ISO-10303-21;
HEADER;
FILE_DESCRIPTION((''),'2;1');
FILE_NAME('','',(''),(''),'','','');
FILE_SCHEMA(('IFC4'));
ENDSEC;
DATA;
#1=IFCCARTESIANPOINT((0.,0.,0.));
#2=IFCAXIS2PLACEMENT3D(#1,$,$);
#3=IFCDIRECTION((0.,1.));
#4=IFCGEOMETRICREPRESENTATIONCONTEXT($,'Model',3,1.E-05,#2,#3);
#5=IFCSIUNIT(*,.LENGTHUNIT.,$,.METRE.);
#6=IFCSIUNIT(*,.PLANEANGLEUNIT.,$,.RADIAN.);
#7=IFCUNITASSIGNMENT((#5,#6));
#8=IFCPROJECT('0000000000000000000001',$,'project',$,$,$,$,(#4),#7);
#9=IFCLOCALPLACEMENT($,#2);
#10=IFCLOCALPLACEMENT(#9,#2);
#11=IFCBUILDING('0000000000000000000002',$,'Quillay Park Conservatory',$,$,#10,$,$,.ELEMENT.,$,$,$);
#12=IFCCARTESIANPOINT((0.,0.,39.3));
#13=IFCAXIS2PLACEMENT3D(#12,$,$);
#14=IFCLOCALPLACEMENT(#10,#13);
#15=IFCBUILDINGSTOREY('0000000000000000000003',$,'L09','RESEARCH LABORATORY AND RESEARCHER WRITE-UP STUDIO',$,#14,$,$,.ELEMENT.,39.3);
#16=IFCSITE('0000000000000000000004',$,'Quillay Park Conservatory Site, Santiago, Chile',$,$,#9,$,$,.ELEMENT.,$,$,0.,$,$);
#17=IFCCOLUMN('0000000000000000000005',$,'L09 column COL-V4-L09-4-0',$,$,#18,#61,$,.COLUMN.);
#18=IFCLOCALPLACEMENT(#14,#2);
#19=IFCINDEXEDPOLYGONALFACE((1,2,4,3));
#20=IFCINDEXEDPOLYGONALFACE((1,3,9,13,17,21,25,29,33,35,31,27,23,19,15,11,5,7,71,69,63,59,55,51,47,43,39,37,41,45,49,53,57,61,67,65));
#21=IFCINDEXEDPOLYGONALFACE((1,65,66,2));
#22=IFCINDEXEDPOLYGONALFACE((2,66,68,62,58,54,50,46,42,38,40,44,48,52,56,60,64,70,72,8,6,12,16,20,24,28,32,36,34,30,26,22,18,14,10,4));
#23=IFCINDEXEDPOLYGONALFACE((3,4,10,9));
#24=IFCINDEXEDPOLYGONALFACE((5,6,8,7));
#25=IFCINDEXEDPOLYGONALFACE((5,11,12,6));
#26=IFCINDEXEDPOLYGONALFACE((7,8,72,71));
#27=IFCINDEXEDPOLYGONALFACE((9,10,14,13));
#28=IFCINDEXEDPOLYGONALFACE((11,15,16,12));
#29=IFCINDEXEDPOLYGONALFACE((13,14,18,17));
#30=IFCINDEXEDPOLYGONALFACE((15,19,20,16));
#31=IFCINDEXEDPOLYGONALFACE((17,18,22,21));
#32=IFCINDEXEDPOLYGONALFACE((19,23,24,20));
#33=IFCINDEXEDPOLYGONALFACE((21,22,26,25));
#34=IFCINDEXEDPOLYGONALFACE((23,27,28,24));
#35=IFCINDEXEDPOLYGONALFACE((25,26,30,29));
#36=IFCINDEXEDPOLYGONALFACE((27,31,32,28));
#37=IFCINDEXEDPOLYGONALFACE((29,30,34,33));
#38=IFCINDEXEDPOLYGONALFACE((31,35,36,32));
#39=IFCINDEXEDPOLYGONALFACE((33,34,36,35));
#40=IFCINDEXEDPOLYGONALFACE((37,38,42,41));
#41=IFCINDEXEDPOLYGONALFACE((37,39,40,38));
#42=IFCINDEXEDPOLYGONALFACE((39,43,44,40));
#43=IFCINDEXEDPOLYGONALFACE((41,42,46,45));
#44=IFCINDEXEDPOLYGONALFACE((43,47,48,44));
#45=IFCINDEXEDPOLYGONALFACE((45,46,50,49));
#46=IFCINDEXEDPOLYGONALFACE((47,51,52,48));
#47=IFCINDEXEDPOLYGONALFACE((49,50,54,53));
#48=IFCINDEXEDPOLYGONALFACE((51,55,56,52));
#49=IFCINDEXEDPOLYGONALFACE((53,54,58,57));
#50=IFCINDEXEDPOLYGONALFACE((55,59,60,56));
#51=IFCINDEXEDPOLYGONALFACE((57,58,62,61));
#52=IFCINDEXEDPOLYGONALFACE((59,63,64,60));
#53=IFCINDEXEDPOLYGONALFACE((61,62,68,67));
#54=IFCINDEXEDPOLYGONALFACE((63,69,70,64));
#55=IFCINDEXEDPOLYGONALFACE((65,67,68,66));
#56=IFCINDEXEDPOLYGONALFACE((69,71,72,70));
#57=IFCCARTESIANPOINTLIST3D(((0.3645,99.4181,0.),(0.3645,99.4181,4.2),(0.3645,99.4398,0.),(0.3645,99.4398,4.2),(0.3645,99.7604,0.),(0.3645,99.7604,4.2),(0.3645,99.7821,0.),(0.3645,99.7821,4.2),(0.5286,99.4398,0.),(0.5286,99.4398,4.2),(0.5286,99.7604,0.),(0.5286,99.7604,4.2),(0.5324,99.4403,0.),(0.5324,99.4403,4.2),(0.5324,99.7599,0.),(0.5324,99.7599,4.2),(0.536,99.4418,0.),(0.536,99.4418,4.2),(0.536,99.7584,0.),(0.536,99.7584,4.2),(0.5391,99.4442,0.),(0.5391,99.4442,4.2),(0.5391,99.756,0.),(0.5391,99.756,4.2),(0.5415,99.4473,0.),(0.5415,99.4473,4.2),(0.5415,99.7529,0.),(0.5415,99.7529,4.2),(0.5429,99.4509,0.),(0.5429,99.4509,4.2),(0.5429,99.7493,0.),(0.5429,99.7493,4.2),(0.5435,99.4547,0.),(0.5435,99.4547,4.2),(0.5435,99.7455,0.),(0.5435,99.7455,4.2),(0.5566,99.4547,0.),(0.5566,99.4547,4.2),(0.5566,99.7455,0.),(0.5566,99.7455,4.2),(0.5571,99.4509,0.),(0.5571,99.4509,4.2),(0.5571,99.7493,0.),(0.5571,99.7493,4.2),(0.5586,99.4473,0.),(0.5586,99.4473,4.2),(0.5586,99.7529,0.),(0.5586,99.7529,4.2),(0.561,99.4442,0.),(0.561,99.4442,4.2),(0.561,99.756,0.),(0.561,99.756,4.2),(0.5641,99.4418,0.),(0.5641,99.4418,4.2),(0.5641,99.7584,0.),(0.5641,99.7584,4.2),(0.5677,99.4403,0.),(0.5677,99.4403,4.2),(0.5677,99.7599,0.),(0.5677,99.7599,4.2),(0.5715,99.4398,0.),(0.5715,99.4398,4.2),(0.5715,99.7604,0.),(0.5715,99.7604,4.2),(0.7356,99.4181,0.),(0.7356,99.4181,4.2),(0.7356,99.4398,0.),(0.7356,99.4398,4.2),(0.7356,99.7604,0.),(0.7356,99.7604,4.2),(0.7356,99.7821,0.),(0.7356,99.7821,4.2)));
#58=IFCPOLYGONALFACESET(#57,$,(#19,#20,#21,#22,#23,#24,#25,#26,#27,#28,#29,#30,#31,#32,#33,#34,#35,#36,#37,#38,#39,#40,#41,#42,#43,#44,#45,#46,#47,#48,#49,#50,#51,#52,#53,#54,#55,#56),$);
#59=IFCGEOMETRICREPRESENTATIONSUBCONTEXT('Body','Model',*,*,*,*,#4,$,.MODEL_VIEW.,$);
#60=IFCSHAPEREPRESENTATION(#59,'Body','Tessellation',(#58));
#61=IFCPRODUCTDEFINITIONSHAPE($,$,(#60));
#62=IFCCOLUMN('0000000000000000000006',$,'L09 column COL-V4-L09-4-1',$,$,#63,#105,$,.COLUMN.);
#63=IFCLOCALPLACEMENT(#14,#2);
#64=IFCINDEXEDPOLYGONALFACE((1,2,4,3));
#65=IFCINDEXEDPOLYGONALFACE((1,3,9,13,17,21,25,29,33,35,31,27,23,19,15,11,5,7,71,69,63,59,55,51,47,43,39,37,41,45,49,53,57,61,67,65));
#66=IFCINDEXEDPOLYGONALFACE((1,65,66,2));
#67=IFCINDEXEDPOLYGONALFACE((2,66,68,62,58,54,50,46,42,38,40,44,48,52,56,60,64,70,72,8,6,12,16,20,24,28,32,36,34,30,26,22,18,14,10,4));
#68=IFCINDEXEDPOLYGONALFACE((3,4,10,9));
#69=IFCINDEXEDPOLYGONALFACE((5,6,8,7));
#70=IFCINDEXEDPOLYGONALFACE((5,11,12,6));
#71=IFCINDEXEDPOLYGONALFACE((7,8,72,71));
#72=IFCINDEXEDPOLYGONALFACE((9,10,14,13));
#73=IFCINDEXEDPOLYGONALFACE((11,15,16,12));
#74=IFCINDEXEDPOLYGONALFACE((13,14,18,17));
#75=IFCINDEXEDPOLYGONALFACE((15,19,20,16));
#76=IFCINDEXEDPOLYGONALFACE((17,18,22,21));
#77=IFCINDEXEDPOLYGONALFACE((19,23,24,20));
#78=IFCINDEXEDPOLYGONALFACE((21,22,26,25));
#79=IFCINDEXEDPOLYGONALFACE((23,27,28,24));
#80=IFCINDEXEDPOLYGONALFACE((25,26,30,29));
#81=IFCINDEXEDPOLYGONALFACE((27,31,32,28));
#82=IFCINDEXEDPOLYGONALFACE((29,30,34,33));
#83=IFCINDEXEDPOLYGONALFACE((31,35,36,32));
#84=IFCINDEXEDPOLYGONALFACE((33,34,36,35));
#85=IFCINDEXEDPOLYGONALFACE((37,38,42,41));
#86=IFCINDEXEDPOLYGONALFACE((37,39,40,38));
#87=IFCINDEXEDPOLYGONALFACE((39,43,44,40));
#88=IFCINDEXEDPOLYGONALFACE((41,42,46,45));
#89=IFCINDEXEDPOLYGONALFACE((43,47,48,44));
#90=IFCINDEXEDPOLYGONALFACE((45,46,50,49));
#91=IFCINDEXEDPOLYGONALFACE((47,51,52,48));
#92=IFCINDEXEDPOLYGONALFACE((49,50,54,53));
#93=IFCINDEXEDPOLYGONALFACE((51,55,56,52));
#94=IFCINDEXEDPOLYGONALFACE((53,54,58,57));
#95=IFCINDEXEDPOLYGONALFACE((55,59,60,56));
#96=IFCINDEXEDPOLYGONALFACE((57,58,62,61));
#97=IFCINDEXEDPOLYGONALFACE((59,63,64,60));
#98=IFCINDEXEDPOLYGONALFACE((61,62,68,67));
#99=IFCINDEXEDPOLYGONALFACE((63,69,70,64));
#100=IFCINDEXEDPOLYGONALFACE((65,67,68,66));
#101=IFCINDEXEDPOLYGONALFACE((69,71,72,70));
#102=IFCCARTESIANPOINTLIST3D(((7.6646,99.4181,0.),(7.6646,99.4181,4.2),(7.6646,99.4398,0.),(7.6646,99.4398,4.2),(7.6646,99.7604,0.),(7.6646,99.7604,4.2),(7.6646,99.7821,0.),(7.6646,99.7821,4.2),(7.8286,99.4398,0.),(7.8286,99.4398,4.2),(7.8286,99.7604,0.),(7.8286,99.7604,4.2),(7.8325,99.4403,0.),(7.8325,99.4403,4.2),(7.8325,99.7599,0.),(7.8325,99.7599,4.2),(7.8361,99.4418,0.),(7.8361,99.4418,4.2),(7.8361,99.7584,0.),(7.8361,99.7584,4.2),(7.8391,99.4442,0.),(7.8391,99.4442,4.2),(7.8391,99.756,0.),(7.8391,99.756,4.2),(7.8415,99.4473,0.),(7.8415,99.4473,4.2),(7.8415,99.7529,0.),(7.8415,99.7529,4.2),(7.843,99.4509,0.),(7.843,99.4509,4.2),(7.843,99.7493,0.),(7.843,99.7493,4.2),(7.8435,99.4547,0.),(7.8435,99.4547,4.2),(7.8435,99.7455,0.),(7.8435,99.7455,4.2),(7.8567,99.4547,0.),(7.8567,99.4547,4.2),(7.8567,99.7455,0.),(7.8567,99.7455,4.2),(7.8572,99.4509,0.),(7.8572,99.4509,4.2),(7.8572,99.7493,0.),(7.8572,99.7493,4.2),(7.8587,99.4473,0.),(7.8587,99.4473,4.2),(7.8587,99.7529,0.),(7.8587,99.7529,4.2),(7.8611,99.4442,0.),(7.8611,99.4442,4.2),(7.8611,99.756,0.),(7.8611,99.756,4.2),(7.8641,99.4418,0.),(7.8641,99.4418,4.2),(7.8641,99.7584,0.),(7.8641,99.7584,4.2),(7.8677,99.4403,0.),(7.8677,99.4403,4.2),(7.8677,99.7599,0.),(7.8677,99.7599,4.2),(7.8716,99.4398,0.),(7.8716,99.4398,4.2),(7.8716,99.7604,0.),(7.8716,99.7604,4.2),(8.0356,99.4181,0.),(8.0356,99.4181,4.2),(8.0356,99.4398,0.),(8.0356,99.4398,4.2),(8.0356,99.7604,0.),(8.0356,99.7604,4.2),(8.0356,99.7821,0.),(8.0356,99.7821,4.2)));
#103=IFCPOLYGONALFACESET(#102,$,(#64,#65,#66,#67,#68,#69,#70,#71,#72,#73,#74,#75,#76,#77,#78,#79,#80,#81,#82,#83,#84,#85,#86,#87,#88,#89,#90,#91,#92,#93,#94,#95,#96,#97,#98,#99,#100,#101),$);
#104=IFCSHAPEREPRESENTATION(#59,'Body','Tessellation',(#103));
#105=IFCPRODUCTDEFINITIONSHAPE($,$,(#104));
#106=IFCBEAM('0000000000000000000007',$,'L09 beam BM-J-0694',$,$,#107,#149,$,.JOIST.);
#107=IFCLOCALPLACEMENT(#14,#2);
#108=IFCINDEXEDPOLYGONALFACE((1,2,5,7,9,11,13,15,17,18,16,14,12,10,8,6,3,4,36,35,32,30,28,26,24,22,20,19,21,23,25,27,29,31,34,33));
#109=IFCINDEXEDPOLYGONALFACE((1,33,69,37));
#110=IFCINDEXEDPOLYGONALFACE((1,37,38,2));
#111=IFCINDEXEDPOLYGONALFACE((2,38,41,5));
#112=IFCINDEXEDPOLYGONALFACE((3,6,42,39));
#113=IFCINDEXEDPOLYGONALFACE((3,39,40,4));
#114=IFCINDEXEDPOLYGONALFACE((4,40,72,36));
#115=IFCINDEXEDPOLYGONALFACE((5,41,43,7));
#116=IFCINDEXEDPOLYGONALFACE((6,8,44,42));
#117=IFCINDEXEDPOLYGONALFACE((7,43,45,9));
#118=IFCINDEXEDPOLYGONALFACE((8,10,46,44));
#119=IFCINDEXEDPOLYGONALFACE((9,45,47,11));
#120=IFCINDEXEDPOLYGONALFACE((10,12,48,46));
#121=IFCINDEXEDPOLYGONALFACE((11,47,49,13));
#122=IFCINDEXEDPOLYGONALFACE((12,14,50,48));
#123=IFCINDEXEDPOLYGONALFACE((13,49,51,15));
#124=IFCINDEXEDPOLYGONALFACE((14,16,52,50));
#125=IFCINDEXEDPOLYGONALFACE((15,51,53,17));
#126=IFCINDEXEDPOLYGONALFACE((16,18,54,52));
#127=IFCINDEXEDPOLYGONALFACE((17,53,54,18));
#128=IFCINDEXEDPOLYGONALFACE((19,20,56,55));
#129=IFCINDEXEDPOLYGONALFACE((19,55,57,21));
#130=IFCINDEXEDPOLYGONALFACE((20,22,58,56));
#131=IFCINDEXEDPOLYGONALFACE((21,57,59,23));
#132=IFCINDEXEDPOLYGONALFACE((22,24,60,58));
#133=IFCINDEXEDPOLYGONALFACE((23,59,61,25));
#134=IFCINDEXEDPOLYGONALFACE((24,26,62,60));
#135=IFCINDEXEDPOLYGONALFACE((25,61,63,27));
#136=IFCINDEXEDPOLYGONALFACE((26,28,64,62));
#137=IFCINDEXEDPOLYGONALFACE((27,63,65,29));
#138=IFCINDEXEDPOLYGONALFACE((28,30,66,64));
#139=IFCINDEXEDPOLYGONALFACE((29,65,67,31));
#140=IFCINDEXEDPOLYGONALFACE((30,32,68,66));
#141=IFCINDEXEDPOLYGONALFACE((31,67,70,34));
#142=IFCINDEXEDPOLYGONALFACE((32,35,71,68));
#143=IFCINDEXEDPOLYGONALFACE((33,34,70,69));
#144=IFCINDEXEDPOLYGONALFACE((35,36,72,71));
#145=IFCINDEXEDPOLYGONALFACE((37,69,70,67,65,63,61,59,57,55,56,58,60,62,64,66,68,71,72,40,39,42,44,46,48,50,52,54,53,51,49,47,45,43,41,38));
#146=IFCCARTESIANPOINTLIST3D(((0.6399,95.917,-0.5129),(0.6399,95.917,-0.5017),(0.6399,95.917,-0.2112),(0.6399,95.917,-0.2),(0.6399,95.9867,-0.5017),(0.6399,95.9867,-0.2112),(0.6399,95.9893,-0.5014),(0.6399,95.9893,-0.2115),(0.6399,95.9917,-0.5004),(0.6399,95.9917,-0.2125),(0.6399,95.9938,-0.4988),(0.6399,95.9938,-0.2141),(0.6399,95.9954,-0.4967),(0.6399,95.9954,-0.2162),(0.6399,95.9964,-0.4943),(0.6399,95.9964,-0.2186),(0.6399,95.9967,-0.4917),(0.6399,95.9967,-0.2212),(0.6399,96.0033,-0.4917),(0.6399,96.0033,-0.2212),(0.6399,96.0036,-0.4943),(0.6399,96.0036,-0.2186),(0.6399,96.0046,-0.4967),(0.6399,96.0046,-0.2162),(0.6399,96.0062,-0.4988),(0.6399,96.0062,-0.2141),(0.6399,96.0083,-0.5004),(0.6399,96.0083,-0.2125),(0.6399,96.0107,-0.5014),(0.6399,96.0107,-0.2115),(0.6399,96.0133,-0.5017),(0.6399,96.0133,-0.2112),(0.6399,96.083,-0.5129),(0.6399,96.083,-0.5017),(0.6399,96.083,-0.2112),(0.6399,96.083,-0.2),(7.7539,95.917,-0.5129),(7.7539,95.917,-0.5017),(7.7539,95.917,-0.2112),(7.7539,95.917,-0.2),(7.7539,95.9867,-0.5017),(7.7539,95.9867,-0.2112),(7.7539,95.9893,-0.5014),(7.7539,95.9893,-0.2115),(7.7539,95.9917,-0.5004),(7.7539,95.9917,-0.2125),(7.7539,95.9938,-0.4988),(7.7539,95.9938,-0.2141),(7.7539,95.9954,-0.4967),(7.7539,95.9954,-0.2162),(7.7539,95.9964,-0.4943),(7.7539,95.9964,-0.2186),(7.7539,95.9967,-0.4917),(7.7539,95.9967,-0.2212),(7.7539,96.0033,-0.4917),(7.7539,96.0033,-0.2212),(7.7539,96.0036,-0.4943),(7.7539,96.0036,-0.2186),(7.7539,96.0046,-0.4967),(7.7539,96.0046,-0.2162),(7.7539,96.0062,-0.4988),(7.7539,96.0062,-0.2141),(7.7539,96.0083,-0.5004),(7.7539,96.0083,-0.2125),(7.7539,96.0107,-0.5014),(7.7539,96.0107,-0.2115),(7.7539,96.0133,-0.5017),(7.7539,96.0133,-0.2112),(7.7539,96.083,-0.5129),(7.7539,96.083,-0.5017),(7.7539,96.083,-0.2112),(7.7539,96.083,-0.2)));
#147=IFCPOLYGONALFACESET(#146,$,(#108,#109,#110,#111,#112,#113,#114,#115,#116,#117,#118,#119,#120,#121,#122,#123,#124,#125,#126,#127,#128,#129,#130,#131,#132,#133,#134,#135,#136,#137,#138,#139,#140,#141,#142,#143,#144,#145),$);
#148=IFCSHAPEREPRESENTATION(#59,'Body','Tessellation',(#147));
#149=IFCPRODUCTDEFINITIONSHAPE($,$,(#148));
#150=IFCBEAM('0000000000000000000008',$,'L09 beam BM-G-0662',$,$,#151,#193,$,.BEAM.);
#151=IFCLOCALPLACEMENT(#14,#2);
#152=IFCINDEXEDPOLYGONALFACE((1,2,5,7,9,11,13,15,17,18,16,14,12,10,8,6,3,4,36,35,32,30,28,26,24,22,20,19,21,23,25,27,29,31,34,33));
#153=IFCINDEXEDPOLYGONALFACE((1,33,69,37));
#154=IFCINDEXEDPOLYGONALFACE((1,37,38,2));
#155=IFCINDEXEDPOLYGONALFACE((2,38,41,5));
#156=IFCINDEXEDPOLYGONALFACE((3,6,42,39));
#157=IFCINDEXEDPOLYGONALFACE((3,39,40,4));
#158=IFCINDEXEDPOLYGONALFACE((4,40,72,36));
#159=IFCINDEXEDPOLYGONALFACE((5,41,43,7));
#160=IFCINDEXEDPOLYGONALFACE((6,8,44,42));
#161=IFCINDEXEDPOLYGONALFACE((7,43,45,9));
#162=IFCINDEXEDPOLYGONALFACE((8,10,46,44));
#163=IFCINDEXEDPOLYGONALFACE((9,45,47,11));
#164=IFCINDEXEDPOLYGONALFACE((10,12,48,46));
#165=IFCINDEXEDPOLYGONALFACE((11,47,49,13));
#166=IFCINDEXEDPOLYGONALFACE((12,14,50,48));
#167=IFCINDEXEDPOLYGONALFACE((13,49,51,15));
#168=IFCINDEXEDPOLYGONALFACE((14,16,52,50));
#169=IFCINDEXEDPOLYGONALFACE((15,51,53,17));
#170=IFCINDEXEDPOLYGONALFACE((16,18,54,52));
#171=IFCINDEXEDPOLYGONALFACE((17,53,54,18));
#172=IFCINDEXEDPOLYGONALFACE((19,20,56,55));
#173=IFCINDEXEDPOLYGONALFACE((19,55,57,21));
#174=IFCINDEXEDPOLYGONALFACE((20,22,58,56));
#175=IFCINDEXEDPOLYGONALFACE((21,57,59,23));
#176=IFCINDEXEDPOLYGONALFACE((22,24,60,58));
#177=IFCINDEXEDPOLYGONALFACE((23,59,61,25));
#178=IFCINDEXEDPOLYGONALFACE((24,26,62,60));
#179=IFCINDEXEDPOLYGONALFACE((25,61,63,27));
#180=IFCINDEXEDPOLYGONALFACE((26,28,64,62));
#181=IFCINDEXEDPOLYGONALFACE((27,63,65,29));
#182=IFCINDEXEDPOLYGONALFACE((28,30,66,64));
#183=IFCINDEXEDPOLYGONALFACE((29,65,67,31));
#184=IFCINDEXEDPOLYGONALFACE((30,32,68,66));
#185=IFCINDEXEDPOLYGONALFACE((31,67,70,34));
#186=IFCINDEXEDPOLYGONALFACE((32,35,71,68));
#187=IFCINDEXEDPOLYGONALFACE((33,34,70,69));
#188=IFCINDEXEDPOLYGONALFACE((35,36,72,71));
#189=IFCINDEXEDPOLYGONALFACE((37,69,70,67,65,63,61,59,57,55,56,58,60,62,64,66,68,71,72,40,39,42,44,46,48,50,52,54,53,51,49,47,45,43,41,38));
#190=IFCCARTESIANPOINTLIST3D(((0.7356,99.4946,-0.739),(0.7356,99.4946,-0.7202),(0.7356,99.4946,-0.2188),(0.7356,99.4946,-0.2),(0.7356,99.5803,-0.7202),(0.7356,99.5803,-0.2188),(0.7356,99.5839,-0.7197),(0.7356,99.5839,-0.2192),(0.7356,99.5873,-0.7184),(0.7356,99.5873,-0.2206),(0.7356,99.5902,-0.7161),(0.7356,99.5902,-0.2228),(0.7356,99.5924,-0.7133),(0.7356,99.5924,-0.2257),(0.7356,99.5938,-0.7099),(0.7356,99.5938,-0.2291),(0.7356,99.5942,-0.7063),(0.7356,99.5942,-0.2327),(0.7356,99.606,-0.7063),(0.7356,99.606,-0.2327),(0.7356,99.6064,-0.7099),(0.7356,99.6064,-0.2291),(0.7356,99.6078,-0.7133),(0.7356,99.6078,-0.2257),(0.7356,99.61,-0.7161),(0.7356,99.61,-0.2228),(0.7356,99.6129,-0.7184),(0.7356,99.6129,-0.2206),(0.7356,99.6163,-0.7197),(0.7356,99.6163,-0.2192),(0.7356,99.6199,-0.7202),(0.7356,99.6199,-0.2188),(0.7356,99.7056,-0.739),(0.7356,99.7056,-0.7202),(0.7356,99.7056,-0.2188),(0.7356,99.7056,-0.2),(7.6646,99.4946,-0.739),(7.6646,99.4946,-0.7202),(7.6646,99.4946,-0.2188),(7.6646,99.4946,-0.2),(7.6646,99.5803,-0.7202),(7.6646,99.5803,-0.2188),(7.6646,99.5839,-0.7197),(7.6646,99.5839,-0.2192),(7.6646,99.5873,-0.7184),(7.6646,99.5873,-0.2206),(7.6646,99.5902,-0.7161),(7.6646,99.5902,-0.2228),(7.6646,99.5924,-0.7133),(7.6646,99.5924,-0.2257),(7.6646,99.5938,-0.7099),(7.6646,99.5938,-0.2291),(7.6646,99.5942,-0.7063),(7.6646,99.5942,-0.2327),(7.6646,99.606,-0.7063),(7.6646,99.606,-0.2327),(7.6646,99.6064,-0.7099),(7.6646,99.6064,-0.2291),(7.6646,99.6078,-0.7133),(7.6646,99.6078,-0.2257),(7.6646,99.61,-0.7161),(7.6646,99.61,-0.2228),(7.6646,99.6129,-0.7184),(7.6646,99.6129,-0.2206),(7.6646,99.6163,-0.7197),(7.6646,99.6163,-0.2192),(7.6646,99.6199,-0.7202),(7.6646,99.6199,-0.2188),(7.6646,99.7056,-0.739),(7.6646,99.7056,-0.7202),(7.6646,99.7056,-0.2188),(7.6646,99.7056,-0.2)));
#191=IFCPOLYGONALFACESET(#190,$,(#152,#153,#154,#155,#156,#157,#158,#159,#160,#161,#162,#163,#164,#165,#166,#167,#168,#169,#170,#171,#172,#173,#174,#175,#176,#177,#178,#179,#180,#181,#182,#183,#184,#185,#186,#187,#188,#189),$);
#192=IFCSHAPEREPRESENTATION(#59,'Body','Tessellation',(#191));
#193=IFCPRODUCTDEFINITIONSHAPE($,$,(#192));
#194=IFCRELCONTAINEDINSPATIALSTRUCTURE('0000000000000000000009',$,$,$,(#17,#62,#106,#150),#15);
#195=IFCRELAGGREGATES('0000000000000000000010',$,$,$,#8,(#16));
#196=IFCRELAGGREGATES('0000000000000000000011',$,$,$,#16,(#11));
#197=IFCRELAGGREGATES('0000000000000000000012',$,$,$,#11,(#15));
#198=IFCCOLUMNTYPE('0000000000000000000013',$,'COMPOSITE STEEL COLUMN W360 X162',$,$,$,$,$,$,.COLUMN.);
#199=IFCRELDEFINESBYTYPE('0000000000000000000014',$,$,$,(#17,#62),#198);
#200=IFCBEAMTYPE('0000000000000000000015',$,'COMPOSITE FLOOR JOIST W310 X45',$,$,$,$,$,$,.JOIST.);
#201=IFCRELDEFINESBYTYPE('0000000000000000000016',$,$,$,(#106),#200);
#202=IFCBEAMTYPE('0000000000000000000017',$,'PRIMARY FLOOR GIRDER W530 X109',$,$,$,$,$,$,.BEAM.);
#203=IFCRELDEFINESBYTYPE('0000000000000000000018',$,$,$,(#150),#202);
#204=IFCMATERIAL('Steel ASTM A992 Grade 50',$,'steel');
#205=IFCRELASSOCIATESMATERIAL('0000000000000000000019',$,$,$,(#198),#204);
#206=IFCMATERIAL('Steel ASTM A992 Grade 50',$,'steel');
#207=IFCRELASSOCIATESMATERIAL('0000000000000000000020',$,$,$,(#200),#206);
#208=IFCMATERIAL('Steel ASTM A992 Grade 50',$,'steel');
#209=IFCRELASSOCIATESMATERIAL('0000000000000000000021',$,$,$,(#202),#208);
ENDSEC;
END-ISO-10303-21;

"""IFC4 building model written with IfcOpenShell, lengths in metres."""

from ifc_helpers import new_model, si_unit, direction, frame, origin, origin_2d, place, context, subcontext, project, spatial, i_section, extrude, material, material_profile, profile_set, type_object, element, save


model = new_model("IFC4")

# Units and contexts
model_context = context("Model", 3, precision=1e-05, world=origin(), true_north=direction((0.0, 1.0)))
body_context = subcontext(model_context, "Body", "Model", "MODEL_VIEW")
ifc_project = project(units=[si_unit("LENGTHUNIT", "METRE"), si_unit("PLANEANGLEUNIT", "RADIAN")], contexts=[model_context])

# Site, building, storey
site_placement = place(None, origin())
site = spatial("IfcSite", under=ifc_project, at=site_placement, Name="Quillay Park Conservatory Site, Santiago, Chile", CompositionType="ELEMENT", RefElevation=0.0)
building_placement = place(site_placement, origin())
building = spatial("IfcBuilding", under=site, at=building_placement, Name="Quillay Park Conservatory", CompositionType="ELEMENT")
storey_placement = place(building_placement, frame((0.0, 0.0, 39.3)))
storey = spatial("IfcBuildingStorey", under=building, at=storey_placement, Name="L09", Description="RESEARCH LABORATORY AND RESEARCHER WRITE-UP STUDIO", CompositionType="ELEMENT", Elevation=39.3)

# Columns
ifc_material_1 = material(Name="Steel ASTM A992 Grade 50", Category="steel")
ifc_material_profile_1 = material_profile(ifc_material_1, i_section(OverallWidth=0.3711, OverallDepth=0.364, WebThickness=0.0132, FlangeThickness=0.0217, FilletRadius=0.0149, at=origin_2d()), Name="W360x162")
ifc_profile_set_1 = profile_set([ifc_material_profile_1], Name="Steel ASTM A992 Grade 50")
column_type = type_object("IfcColumnType", Name="COMPOSITE STEEL COLUMN W360 X162", PredefinedType="COLUMN", material=ifc_profile_set_1)
for number, where, z_axis, x_axis, name in (
    (1, (0.55, 99.6001, 0.0), (0.0, 0.0, 1.0), (1.0, 0.0, 0.0), "L09 column COL-V4-L09-4-0"),
    (2, (7.8501, 99.6001, 0.0), (0.0, 0.0, 1.0), (1.0, 0.0, 0.0), "L09 column COL-V4-L09-4-1"),
):
    element("IfcColumn", number, at=place(storey_placement, frame(where, z_axis=z_axis, x_axis=x_axis)), inside=storey, type_object=column_type, Name=name, PredefinedType="COLUMN", context=body_context, shape_type="SweptSolid", body=[
        extrude(i_section(OverallWidth=0.3711, OverallDepth=0.364, WebThickness=0.0132, FlangeThickness=0.0217, FilletRadius=0.0149, at=origin_2d()), origin(), (0.0, 0.0, 1.0), 4.2),
    ])

# Beams
ifc_material_2 = material(Name="Steel ASTM A992 Grade 50", Category="steel")
ifc_material_profile_2 = material_profile(ifc_material_2, i_section(OverallWidth=0.166, OverallDepth=0.313, WebThickness=0.0066, FlangeThickness=0.0112, FilletRadius=0.01, at=origin_2d()), Name="W310x45")
ifc_profile_set_2 = profile_set([ifc_material_profile_2], Name="Steel ASTM A992 Grade 50")
beam_type_1 = type_object("IfcBeamType", Name="COMPOSITE FLOOR JOIST W310 X45", PredefinedType="JOIST", material=ifc_profile_set_2)
beam_1_placement = place(storey_placement, frame((0.6399, 96.0, -0.3564), z_axis=(1.0, 0.0, 0.0), x_axis=(0.0, 1.0, 0.0)))
element("IfcBeam", 3, at=beam_1_placement, inside=storey, type_object=beam_type_1, Name="L09 beam BM-J-0694", PredefinedType="JOIST", context=body_context, shape_type="SweptSolid", body=[
    extrude(i_section(OverallWidth=0.166, OverallDepth=0.313, WebThickness=0.0066, FlangeThickness=0.0112, FilletRadius=0.01, at=origin_2d()), origin(), (0.0, 0.0, 1.0), 7.114),
])
ifc_material_3 = material(Name="Steel ASTM A992 Grade 50", Category="steel")
ifc_material_profile_3 = material_profile(ifc_material_3, i_section(OverallWidth=0.2109, OverallDepth=0.5391, WebThickness=0.0117, FlangeThickness=0.0188, FilletRadius=0.0139, at=origin_2d()), Name="W530x109")
ifc_profile_set_3 = profile_set([ifc_material_profile_3], Name="Steel ASTM A992 Grade 50")
beam_type_2 = type_object("IfcBeamType", Name="PRIMARY FLOOR GIRDER W530 X109", PredefinedType="BEAM", material=ifc_profile_set_3)
beam_2_placement = place(storey_placement, frame((0.7356, 99.6001, -0.4695), z_axis=(1.0, 0.0, 0.0), x_axis=(0.0, 1.0, 0.0)))
element("IfcBeam", 4, at=beam_2_placement, inside=storey, type_object=beam_type_2, Name="L09 beam BM-G-0662", PredefinedType="BEAM", context=body_context, shape_type="SweptSolid", body=[
    extrude(i_section(OverallWidth=0.2109, OverallDepth=0.5391, WebThickness=0.0117, FlangeThickness=0.0188, FilletRadius=0.0139, at=origin_2d()), origin(), (0.0, 0.0, 1.0), 6.929),
])

save(model, "model.ifc")
